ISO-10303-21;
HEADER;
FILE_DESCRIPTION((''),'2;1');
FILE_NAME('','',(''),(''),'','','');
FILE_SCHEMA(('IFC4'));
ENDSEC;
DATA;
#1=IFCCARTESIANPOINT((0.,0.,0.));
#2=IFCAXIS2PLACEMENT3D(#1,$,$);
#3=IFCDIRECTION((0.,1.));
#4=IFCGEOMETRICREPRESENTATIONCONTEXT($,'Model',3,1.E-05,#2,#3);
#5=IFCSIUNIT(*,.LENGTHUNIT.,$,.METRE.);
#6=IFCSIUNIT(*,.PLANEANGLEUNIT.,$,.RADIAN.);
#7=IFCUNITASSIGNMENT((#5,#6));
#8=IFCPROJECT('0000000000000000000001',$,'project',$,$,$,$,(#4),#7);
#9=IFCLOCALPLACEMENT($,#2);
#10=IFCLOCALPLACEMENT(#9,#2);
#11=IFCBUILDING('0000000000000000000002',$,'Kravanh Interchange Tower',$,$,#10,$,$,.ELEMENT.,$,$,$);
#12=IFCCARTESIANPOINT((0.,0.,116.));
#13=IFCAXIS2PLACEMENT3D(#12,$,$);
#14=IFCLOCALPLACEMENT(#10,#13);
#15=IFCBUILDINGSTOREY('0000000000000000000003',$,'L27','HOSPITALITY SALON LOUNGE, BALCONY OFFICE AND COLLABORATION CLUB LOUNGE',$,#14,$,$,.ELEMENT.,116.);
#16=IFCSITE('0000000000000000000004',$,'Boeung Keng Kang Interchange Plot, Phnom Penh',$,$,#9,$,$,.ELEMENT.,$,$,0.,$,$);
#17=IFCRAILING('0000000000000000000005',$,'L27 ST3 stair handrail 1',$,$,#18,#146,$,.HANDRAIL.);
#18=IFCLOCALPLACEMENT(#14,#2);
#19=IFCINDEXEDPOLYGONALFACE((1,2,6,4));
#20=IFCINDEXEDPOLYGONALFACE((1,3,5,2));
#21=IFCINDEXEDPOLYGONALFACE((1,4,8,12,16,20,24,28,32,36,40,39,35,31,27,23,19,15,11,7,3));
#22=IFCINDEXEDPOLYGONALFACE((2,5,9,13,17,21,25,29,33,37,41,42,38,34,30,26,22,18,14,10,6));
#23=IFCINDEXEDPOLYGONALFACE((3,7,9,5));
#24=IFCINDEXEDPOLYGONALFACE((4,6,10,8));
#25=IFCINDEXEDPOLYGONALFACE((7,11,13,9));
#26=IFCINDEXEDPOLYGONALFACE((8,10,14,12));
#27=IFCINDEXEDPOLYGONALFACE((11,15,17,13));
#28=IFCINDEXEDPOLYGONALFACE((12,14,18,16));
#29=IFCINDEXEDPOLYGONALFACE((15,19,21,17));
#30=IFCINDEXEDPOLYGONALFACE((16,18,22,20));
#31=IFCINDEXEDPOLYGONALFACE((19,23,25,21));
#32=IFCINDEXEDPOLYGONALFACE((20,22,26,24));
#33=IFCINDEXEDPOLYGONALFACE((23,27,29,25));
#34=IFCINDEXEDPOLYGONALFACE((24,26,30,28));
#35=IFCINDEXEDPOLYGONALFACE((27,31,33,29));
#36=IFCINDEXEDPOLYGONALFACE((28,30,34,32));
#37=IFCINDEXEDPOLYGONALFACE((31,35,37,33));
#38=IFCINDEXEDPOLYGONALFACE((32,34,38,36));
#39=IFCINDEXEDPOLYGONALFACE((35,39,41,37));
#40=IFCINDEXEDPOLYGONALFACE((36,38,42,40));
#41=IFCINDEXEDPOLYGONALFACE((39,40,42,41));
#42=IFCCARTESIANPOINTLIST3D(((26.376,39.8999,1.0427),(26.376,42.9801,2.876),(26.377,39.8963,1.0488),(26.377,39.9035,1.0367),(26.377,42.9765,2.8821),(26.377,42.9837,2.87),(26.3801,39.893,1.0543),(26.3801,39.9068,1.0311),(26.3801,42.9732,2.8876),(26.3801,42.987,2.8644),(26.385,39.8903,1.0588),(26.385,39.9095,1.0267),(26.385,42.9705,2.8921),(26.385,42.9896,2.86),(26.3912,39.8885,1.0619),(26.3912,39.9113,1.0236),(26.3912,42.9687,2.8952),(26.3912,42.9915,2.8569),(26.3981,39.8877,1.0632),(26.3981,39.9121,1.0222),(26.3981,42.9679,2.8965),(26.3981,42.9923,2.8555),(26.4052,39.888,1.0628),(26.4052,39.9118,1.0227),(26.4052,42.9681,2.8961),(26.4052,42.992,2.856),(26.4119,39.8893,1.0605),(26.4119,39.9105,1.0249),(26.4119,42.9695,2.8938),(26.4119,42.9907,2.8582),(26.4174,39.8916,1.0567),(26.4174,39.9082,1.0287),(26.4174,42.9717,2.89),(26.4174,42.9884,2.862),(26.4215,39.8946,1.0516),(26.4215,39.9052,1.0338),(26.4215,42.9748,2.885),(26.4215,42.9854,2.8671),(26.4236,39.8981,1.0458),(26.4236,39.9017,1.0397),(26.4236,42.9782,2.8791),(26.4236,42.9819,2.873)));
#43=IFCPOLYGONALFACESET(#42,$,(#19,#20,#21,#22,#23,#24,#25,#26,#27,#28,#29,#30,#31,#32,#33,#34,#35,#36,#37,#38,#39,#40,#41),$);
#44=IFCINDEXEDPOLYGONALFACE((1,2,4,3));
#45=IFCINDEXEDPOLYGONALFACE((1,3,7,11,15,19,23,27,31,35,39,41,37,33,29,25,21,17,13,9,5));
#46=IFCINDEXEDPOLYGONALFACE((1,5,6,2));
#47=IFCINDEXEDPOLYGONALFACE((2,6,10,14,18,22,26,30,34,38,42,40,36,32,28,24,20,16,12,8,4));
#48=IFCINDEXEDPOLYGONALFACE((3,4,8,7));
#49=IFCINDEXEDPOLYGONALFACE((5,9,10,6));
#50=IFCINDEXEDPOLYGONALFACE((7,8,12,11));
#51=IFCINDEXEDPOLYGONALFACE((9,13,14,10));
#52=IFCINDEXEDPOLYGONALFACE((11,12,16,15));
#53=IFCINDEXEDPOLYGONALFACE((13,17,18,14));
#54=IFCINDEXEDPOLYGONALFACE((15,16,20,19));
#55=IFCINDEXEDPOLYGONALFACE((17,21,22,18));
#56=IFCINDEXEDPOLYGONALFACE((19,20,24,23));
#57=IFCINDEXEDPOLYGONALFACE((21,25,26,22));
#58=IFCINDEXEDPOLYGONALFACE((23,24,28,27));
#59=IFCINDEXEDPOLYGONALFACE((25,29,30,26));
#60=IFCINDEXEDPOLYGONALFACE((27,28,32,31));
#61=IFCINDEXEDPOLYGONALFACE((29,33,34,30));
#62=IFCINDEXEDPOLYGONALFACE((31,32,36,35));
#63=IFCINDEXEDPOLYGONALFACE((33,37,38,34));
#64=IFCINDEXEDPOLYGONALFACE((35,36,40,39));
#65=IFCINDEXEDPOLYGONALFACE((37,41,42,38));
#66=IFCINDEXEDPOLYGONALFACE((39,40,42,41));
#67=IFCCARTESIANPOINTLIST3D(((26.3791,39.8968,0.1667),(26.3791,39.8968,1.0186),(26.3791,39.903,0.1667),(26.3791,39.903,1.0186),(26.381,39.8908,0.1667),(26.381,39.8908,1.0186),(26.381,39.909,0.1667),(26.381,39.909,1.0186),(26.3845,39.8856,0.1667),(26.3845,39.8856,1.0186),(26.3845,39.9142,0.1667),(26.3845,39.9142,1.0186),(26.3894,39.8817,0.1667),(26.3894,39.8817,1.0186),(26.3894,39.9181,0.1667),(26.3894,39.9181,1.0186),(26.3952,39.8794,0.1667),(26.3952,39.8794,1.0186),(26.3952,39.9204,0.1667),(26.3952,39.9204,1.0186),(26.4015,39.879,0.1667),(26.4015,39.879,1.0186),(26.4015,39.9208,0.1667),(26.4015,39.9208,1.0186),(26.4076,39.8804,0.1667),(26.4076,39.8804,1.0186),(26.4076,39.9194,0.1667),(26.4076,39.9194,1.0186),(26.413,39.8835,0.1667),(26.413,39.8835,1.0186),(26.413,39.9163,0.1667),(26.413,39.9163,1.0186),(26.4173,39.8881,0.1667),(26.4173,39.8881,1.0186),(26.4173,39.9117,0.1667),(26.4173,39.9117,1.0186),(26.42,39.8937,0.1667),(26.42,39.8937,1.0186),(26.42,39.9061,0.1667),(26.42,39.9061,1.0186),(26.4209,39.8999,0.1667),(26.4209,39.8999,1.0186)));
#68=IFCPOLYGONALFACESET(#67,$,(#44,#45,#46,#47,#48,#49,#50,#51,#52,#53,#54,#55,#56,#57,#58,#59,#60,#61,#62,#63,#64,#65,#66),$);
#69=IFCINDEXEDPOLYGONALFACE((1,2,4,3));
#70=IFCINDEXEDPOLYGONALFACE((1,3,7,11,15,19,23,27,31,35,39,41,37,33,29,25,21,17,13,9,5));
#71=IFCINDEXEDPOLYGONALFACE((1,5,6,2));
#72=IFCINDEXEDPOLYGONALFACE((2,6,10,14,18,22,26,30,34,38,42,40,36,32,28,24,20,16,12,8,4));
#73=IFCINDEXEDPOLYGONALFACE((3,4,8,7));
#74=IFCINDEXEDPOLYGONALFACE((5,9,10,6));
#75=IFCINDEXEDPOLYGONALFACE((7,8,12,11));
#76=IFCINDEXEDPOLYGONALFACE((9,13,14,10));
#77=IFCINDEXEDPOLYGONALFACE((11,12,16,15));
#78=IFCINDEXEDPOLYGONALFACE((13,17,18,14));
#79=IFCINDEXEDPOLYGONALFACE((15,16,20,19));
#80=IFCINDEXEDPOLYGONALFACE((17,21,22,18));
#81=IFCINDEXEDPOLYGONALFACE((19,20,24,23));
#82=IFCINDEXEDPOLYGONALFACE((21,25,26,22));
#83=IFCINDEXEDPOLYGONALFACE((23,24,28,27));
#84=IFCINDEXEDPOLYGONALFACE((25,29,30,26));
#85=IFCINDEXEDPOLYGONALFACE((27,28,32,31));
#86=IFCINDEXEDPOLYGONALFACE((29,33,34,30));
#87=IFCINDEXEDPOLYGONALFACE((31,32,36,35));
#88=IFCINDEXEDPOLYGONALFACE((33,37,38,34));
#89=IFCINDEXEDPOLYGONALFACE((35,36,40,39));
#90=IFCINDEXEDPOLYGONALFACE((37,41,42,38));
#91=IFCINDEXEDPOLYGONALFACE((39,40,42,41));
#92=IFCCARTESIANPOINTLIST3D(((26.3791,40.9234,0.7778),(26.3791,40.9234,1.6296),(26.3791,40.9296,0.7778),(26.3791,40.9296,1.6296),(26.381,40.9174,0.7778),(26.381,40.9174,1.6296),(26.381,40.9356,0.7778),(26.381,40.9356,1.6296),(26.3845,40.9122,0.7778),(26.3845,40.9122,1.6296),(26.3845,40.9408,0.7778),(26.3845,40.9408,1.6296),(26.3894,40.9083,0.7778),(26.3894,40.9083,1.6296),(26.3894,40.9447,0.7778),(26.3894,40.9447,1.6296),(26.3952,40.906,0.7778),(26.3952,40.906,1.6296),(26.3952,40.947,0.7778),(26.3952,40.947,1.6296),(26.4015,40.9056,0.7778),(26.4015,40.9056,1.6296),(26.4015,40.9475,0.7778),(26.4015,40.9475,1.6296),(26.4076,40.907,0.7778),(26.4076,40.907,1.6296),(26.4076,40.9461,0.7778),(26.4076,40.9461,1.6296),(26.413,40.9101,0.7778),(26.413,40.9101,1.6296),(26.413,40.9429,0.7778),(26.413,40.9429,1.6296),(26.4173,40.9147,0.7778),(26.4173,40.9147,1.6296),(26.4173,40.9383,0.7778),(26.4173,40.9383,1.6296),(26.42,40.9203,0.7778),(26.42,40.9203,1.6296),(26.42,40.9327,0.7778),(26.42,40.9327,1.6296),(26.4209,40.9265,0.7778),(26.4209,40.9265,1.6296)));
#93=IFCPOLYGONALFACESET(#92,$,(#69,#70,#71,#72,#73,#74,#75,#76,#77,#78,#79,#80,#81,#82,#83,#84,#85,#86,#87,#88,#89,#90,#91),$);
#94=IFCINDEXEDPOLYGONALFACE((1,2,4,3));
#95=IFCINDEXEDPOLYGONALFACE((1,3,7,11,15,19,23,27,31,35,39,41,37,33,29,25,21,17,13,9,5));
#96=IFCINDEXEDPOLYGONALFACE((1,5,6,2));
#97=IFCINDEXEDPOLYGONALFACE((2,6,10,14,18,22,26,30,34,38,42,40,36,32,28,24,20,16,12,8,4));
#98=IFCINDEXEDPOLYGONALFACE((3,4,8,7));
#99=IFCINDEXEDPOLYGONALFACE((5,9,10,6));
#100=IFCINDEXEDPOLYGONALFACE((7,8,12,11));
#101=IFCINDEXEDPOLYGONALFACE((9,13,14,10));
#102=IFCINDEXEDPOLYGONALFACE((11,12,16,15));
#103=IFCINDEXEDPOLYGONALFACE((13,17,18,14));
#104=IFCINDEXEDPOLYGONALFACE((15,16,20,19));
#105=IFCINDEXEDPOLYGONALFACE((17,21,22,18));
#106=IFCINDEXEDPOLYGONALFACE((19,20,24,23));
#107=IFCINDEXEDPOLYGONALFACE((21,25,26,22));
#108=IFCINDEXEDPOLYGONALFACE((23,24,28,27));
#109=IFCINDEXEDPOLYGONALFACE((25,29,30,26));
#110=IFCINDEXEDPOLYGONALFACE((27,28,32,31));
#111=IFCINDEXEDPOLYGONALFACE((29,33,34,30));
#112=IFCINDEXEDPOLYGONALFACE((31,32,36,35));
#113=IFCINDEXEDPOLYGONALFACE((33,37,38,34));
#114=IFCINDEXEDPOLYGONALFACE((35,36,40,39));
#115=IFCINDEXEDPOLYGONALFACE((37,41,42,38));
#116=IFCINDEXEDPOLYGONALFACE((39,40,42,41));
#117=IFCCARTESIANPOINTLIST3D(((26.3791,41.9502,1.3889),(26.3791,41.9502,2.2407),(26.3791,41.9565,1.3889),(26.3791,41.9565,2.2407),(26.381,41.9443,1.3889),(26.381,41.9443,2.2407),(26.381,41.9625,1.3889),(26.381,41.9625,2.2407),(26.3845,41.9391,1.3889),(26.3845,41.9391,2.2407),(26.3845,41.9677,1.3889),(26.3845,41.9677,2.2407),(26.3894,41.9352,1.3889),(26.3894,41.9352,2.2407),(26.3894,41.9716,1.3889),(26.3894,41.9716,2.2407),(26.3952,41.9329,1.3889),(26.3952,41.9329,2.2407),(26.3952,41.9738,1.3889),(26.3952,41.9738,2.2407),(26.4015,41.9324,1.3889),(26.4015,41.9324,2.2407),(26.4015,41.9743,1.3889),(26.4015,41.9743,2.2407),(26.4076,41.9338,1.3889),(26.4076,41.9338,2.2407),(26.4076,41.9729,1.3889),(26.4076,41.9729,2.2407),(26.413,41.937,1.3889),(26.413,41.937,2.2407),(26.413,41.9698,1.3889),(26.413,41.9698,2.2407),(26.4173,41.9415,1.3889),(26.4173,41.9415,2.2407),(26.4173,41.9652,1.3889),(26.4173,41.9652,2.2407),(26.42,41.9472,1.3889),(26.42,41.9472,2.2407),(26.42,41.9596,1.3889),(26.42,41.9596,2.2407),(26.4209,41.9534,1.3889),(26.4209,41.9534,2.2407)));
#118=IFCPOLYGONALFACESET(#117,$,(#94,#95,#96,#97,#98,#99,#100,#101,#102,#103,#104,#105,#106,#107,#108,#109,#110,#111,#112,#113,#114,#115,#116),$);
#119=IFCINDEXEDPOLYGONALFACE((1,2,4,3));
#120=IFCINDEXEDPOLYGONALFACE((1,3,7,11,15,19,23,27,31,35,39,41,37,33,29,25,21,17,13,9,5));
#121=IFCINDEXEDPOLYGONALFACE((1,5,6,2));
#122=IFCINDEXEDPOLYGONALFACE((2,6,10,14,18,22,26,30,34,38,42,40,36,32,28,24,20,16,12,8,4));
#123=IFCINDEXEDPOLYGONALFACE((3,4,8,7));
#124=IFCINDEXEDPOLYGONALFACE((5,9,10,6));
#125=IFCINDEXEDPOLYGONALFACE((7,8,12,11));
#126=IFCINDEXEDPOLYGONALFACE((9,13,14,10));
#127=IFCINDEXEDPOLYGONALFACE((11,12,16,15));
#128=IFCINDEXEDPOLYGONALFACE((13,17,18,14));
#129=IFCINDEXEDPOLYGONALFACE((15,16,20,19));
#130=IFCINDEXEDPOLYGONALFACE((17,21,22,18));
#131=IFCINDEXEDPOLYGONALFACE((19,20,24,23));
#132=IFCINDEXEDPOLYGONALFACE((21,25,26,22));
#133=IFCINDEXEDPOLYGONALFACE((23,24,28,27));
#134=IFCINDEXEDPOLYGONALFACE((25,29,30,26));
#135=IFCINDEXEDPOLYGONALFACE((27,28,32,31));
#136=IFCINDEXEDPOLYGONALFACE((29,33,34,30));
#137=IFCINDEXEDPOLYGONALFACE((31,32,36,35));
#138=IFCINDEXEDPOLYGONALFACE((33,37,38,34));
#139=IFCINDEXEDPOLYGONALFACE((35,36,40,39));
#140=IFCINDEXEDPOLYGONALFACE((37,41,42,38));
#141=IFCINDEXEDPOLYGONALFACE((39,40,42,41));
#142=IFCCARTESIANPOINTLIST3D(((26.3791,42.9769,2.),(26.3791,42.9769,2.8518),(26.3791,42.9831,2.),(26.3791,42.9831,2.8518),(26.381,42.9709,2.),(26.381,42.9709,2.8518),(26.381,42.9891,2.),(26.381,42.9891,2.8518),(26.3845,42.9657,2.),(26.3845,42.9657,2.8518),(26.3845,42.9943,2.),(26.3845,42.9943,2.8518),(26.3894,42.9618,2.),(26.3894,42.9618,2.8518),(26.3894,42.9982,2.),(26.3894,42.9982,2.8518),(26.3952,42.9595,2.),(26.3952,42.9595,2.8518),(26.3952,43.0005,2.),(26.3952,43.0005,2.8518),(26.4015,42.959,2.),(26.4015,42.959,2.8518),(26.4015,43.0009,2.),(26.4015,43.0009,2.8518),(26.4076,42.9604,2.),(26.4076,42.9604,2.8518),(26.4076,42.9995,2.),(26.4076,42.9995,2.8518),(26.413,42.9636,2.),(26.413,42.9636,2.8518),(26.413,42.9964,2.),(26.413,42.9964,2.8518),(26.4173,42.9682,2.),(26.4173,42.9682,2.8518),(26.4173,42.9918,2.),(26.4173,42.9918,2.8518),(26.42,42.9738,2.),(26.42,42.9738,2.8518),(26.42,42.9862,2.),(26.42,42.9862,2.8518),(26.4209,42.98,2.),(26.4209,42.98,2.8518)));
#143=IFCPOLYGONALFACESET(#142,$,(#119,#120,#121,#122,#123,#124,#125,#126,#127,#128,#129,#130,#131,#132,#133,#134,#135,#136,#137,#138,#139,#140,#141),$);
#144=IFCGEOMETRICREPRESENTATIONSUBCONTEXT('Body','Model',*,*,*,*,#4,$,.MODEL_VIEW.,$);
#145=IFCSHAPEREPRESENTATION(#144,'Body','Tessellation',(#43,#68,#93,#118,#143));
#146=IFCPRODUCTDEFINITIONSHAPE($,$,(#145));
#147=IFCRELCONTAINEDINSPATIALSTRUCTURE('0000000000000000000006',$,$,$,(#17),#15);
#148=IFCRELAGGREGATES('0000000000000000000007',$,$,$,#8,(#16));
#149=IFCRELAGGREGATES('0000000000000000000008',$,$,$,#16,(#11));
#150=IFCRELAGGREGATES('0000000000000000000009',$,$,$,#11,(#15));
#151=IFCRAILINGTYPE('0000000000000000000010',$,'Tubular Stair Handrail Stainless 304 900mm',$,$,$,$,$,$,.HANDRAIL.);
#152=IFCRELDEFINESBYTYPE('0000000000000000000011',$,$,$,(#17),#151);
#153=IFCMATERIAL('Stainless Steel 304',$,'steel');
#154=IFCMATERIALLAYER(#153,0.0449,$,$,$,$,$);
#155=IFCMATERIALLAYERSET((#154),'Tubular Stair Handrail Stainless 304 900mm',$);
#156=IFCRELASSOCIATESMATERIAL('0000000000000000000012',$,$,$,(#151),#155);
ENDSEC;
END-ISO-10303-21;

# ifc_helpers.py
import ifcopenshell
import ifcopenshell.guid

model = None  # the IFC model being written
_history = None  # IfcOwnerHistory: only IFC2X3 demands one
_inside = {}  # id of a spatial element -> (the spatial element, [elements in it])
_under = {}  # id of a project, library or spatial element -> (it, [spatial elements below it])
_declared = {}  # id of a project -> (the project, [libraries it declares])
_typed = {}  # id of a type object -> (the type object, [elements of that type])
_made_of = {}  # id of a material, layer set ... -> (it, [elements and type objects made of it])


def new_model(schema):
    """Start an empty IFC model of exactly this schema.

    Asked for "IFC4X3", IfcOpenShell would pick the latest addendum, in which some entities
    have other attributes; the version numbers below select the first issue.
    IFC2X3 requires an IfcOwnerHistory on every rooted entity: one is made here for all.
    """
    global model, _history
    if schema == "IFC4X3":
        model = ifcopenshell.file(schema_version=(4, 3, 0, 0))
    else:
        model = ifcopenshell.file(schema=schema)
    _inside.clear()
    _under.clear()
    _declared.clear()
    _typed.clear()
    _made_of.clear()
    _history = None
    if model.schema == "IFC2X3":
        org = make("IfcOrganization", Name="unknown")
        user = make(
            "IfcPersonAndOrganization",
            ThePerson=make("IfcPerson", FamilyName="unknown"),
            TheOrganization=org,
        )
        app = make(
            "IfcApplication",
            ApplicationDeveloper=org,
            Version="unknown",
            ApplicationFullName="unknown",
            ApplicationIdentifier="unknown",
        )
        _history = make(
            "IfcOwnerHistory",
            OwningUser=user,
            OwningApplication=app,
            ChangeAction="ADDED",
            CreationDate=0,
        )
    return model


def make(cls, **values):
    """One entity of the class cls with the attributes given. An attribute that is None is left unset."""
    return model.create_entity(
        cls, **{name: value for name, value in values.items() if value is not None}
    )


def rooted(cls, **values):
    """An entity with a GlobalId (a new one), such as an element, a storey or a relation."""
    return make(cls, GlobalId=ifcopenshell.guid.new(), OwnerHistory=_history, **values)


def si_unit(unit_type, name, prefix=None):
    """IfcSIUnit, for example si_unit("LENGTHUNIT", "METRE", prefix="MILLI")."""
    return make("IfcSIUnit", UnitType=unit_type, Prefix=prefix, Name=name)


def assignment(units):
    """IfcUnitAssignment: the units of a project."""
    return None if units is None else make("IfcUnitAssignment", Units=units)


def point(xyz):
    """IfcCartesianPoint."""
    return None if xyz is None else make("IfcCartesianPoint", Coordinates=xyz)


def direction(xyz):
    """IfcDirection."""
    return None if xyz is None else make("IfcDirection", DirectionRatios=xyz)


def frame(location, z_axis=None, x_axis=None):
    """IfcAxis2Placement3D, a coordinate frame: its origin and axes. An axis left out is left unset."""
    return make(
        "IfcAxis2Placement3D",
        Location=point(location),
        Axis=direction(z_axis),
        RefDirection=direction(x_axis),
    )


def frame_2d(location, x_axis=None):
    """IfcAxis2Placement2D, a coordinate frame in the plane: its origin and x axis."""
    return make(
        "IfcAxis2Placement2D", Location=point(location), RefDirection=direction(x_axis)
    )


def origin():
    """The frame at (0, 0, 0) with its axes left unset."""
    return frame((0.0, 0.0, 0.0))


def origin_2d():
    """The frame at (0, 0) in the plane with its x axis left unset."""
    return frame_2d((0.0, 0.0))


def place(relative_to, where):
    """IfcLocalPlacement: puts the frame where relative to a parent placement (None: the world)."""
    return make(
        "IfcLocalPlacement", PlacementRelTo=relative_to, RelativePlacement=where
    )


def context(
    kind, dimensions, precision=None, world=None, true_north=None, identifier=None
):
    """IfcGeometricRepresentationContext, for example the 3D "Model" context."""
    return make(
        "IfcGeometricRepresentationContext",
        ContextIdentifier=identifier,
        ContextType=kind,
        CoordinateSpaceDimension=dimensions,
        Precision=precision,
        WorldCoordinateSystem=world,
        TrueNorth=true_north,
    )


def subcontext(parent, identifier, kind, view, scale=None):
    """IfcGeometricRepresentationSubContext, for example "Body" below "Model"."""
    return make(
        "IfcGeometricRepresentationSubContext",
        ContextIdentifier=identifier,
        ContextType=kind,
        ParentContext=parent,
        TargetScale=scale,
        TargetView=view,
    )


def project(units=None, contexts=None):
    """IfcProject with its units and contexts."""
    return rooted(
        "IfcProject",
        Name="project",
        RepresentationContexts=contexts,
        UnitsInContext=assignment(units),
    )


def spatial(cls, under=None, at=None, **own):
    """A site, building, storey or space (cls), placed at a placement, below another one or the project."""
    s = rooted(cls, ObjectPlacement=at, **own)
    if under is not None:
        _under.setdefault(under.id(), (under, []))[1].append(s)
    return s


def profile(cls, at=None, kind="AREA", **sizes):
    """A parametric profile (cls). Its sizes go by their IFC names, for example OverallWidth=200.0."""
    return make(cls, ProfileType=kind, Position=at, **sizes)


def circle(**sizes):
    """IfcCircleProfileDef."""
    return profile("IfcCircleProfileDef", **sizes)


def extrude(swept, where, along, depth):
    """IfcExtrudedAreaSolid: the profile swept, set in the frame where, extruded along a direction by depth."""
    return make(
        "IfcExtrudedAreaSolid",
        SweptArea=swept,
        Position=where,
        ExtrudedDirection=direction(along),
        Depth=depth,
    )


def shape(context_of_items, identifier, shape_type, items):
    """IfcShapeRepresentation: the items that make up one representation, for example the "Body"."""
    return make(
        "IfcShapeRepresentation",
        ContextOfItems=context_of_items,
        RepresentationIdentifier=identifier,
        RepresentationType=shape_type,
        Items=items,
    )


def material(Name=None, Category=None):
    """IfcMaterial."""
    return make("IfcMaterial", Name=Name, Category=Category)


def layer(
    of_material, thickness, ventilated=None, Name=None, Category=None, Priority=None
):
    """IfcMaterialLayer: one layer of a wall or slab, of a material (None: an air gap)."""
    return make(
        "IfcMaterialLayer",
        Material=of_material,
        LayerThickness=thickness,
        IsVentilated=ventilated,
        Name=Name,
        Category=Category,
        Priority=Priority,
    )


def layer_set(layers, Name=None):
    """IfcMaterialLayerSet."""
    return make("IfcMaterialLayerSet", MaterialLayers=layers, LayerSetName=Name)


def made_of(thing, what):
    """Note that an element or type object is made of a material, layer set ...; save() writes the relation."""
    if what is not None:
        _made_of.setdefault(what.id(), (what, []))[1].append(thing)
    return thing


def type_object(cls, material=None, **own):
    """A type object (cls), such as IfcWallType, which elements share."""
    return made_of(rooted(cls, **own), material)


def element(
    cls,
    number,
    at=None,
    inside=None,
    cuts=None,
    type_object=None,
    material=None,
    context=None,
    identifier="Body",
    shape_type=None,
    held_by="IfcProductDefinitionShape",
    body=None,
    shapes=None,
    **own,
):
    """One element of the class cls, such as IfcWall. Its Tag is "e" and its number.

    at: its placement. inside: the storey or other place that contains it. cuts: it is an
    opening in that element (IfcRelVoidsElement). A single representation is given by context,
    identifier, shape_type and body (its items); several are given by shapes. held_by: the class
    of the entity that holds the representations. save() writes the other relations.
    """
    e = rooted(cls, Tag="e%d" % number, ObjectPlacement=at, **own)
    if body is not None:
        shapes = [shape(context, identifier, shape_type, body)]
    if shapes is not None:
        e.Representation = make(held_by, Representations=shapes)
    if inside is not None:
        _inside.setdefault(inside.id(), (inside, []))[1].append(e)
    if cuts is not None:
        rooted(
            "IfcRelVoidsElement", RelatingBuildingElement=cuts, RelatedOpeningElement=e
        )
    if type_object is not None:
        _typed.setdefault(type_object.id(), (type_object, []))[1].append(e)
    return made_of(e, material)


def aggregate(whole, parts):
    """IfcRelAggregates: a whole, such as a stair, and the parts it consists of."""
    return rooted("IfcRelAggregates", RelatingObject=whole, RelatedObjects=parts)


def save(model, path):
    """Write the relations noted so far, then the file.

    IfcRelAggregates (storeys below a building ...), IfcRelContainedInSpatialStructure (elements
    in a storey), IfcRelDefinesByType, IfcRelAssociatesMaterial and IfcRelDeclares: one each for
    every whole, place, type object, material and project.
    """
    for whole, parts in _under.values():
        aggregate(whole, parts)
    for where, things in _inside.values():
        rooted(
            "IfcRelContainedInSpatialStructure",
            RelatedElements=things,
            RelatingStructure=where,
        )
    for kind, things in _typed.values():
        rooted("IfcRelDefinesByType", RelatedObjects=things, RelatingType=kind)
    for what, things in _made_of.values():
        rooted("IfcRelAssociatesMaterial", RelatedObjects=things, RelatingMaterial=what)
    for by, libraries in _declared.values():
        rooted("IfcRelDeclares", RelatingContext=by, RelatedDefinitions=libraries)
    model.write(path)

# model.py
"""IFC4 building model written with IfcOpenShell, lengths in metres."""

from ifc_helpers import new_model, si_unit, direction, frame, origin, origin_2d, place, context, subcontext, project, spatial, circle, extrude, material, layer, layer_set, type_object, element, save


model = new_model("IFC4")

# Units and contexts
model_context = context("Model", 3, precision=1e-05, world=origin(), true_north=direction((0.0, 1.0)))
body_context = subcontext(model_context, "Body", "Model", "MODEL_VIEW")
ifc_project = project(units=[si_unit("LENGTHUNIT", "METRE"), si_unit("PLANEANGLEUNIT", "RADIAN")], contexts=[model_context])

# Site, building, storey
site_placement = place(None, origin())
site = spatial("IfcSite", under=ifc_project, at=site_placement, Name="Boeung Keng Kang Interchange Plot, Phnom Penh", CompositionType="ELEMENT", RefElevation=0.0)
building_placement = place(site_placement, origin())
building = spatial("IfcBuilding", under=site, at=building_placement, Name="Kravanh Interchange Tower", CompositionType="ELEMENT")
storey_placement = place(building_placement, frame((0.0, 0.0, 116.0)))
storey = spatial("IfcBuildingStorey", under=building, at=storey_placement, Name="L27", Description="HOSPITALITY SALON LOUNGE, BALCONY OFFICE AND COLLABORATION CLUB LOUNGE", CompositionType="ELEMENT", Elevation=116.0)

# Railing
ifc_material_1 = material(Name="Stainless Steel 304", Category="steel")
ifc_layer_1 = layer(ifc_material_1, 0.0449)
ifc_layer_set_1 = layer_set([ifc_layer_1], Name="Tubular Stair Handrail Stainless 304 900mm")
railing_type_1 = type_object("IfcRailingType", Name="Tubular Stair Handrail Stainless 304 900mm", PredefinedType="HANDRAIL", material=ifc_layer_set_1)
railing_1_placement = place(storey_placement, frame((26.3999, 39.8999, 0.1667)))
element("IfcRailing", 1, at=railing_1_placement, inside=storey, type_object=railing_type_1, Name="L27 ST3 stair handrail 1", PredefinedType="HANDRAIL", context=body_context, shape_type="SweptSolid", body=[
    extrude(circle(Radius=0.0239, at=origin_2d()), frame((0.0, 0.0, 0.876), z_axis=(0.0, 0.859309, 0.511458), x_axis=(-1.0, 0.0, 0.0)), (0.0, 0.0, 1.0), 3.5845),
    extrude(circle(Radius=0.021, at=origin_2d()), origin(), (0.0, 0.0, 1.0), 0.8518),
    extrude(circle(Radius=0.021, at=origin_2d()), frame((0.0, 1.0266, 0.6111)), (0.0, 0.0, 1.0), 0.8518),
    extrude(circle(Radius=0.021, at=origin_2d()), frame((0.0, 2.0535, 1.2222)), (0.0, 0.0, 1.0), 0.8518),
    extrude(circle(Radius=0.021, at=origin_2d()), frame((0.0, 3.0801, 1.8333)), (0.0, 0.0, 1.0), 0.8518),
])

save(model, "model.ifc")
